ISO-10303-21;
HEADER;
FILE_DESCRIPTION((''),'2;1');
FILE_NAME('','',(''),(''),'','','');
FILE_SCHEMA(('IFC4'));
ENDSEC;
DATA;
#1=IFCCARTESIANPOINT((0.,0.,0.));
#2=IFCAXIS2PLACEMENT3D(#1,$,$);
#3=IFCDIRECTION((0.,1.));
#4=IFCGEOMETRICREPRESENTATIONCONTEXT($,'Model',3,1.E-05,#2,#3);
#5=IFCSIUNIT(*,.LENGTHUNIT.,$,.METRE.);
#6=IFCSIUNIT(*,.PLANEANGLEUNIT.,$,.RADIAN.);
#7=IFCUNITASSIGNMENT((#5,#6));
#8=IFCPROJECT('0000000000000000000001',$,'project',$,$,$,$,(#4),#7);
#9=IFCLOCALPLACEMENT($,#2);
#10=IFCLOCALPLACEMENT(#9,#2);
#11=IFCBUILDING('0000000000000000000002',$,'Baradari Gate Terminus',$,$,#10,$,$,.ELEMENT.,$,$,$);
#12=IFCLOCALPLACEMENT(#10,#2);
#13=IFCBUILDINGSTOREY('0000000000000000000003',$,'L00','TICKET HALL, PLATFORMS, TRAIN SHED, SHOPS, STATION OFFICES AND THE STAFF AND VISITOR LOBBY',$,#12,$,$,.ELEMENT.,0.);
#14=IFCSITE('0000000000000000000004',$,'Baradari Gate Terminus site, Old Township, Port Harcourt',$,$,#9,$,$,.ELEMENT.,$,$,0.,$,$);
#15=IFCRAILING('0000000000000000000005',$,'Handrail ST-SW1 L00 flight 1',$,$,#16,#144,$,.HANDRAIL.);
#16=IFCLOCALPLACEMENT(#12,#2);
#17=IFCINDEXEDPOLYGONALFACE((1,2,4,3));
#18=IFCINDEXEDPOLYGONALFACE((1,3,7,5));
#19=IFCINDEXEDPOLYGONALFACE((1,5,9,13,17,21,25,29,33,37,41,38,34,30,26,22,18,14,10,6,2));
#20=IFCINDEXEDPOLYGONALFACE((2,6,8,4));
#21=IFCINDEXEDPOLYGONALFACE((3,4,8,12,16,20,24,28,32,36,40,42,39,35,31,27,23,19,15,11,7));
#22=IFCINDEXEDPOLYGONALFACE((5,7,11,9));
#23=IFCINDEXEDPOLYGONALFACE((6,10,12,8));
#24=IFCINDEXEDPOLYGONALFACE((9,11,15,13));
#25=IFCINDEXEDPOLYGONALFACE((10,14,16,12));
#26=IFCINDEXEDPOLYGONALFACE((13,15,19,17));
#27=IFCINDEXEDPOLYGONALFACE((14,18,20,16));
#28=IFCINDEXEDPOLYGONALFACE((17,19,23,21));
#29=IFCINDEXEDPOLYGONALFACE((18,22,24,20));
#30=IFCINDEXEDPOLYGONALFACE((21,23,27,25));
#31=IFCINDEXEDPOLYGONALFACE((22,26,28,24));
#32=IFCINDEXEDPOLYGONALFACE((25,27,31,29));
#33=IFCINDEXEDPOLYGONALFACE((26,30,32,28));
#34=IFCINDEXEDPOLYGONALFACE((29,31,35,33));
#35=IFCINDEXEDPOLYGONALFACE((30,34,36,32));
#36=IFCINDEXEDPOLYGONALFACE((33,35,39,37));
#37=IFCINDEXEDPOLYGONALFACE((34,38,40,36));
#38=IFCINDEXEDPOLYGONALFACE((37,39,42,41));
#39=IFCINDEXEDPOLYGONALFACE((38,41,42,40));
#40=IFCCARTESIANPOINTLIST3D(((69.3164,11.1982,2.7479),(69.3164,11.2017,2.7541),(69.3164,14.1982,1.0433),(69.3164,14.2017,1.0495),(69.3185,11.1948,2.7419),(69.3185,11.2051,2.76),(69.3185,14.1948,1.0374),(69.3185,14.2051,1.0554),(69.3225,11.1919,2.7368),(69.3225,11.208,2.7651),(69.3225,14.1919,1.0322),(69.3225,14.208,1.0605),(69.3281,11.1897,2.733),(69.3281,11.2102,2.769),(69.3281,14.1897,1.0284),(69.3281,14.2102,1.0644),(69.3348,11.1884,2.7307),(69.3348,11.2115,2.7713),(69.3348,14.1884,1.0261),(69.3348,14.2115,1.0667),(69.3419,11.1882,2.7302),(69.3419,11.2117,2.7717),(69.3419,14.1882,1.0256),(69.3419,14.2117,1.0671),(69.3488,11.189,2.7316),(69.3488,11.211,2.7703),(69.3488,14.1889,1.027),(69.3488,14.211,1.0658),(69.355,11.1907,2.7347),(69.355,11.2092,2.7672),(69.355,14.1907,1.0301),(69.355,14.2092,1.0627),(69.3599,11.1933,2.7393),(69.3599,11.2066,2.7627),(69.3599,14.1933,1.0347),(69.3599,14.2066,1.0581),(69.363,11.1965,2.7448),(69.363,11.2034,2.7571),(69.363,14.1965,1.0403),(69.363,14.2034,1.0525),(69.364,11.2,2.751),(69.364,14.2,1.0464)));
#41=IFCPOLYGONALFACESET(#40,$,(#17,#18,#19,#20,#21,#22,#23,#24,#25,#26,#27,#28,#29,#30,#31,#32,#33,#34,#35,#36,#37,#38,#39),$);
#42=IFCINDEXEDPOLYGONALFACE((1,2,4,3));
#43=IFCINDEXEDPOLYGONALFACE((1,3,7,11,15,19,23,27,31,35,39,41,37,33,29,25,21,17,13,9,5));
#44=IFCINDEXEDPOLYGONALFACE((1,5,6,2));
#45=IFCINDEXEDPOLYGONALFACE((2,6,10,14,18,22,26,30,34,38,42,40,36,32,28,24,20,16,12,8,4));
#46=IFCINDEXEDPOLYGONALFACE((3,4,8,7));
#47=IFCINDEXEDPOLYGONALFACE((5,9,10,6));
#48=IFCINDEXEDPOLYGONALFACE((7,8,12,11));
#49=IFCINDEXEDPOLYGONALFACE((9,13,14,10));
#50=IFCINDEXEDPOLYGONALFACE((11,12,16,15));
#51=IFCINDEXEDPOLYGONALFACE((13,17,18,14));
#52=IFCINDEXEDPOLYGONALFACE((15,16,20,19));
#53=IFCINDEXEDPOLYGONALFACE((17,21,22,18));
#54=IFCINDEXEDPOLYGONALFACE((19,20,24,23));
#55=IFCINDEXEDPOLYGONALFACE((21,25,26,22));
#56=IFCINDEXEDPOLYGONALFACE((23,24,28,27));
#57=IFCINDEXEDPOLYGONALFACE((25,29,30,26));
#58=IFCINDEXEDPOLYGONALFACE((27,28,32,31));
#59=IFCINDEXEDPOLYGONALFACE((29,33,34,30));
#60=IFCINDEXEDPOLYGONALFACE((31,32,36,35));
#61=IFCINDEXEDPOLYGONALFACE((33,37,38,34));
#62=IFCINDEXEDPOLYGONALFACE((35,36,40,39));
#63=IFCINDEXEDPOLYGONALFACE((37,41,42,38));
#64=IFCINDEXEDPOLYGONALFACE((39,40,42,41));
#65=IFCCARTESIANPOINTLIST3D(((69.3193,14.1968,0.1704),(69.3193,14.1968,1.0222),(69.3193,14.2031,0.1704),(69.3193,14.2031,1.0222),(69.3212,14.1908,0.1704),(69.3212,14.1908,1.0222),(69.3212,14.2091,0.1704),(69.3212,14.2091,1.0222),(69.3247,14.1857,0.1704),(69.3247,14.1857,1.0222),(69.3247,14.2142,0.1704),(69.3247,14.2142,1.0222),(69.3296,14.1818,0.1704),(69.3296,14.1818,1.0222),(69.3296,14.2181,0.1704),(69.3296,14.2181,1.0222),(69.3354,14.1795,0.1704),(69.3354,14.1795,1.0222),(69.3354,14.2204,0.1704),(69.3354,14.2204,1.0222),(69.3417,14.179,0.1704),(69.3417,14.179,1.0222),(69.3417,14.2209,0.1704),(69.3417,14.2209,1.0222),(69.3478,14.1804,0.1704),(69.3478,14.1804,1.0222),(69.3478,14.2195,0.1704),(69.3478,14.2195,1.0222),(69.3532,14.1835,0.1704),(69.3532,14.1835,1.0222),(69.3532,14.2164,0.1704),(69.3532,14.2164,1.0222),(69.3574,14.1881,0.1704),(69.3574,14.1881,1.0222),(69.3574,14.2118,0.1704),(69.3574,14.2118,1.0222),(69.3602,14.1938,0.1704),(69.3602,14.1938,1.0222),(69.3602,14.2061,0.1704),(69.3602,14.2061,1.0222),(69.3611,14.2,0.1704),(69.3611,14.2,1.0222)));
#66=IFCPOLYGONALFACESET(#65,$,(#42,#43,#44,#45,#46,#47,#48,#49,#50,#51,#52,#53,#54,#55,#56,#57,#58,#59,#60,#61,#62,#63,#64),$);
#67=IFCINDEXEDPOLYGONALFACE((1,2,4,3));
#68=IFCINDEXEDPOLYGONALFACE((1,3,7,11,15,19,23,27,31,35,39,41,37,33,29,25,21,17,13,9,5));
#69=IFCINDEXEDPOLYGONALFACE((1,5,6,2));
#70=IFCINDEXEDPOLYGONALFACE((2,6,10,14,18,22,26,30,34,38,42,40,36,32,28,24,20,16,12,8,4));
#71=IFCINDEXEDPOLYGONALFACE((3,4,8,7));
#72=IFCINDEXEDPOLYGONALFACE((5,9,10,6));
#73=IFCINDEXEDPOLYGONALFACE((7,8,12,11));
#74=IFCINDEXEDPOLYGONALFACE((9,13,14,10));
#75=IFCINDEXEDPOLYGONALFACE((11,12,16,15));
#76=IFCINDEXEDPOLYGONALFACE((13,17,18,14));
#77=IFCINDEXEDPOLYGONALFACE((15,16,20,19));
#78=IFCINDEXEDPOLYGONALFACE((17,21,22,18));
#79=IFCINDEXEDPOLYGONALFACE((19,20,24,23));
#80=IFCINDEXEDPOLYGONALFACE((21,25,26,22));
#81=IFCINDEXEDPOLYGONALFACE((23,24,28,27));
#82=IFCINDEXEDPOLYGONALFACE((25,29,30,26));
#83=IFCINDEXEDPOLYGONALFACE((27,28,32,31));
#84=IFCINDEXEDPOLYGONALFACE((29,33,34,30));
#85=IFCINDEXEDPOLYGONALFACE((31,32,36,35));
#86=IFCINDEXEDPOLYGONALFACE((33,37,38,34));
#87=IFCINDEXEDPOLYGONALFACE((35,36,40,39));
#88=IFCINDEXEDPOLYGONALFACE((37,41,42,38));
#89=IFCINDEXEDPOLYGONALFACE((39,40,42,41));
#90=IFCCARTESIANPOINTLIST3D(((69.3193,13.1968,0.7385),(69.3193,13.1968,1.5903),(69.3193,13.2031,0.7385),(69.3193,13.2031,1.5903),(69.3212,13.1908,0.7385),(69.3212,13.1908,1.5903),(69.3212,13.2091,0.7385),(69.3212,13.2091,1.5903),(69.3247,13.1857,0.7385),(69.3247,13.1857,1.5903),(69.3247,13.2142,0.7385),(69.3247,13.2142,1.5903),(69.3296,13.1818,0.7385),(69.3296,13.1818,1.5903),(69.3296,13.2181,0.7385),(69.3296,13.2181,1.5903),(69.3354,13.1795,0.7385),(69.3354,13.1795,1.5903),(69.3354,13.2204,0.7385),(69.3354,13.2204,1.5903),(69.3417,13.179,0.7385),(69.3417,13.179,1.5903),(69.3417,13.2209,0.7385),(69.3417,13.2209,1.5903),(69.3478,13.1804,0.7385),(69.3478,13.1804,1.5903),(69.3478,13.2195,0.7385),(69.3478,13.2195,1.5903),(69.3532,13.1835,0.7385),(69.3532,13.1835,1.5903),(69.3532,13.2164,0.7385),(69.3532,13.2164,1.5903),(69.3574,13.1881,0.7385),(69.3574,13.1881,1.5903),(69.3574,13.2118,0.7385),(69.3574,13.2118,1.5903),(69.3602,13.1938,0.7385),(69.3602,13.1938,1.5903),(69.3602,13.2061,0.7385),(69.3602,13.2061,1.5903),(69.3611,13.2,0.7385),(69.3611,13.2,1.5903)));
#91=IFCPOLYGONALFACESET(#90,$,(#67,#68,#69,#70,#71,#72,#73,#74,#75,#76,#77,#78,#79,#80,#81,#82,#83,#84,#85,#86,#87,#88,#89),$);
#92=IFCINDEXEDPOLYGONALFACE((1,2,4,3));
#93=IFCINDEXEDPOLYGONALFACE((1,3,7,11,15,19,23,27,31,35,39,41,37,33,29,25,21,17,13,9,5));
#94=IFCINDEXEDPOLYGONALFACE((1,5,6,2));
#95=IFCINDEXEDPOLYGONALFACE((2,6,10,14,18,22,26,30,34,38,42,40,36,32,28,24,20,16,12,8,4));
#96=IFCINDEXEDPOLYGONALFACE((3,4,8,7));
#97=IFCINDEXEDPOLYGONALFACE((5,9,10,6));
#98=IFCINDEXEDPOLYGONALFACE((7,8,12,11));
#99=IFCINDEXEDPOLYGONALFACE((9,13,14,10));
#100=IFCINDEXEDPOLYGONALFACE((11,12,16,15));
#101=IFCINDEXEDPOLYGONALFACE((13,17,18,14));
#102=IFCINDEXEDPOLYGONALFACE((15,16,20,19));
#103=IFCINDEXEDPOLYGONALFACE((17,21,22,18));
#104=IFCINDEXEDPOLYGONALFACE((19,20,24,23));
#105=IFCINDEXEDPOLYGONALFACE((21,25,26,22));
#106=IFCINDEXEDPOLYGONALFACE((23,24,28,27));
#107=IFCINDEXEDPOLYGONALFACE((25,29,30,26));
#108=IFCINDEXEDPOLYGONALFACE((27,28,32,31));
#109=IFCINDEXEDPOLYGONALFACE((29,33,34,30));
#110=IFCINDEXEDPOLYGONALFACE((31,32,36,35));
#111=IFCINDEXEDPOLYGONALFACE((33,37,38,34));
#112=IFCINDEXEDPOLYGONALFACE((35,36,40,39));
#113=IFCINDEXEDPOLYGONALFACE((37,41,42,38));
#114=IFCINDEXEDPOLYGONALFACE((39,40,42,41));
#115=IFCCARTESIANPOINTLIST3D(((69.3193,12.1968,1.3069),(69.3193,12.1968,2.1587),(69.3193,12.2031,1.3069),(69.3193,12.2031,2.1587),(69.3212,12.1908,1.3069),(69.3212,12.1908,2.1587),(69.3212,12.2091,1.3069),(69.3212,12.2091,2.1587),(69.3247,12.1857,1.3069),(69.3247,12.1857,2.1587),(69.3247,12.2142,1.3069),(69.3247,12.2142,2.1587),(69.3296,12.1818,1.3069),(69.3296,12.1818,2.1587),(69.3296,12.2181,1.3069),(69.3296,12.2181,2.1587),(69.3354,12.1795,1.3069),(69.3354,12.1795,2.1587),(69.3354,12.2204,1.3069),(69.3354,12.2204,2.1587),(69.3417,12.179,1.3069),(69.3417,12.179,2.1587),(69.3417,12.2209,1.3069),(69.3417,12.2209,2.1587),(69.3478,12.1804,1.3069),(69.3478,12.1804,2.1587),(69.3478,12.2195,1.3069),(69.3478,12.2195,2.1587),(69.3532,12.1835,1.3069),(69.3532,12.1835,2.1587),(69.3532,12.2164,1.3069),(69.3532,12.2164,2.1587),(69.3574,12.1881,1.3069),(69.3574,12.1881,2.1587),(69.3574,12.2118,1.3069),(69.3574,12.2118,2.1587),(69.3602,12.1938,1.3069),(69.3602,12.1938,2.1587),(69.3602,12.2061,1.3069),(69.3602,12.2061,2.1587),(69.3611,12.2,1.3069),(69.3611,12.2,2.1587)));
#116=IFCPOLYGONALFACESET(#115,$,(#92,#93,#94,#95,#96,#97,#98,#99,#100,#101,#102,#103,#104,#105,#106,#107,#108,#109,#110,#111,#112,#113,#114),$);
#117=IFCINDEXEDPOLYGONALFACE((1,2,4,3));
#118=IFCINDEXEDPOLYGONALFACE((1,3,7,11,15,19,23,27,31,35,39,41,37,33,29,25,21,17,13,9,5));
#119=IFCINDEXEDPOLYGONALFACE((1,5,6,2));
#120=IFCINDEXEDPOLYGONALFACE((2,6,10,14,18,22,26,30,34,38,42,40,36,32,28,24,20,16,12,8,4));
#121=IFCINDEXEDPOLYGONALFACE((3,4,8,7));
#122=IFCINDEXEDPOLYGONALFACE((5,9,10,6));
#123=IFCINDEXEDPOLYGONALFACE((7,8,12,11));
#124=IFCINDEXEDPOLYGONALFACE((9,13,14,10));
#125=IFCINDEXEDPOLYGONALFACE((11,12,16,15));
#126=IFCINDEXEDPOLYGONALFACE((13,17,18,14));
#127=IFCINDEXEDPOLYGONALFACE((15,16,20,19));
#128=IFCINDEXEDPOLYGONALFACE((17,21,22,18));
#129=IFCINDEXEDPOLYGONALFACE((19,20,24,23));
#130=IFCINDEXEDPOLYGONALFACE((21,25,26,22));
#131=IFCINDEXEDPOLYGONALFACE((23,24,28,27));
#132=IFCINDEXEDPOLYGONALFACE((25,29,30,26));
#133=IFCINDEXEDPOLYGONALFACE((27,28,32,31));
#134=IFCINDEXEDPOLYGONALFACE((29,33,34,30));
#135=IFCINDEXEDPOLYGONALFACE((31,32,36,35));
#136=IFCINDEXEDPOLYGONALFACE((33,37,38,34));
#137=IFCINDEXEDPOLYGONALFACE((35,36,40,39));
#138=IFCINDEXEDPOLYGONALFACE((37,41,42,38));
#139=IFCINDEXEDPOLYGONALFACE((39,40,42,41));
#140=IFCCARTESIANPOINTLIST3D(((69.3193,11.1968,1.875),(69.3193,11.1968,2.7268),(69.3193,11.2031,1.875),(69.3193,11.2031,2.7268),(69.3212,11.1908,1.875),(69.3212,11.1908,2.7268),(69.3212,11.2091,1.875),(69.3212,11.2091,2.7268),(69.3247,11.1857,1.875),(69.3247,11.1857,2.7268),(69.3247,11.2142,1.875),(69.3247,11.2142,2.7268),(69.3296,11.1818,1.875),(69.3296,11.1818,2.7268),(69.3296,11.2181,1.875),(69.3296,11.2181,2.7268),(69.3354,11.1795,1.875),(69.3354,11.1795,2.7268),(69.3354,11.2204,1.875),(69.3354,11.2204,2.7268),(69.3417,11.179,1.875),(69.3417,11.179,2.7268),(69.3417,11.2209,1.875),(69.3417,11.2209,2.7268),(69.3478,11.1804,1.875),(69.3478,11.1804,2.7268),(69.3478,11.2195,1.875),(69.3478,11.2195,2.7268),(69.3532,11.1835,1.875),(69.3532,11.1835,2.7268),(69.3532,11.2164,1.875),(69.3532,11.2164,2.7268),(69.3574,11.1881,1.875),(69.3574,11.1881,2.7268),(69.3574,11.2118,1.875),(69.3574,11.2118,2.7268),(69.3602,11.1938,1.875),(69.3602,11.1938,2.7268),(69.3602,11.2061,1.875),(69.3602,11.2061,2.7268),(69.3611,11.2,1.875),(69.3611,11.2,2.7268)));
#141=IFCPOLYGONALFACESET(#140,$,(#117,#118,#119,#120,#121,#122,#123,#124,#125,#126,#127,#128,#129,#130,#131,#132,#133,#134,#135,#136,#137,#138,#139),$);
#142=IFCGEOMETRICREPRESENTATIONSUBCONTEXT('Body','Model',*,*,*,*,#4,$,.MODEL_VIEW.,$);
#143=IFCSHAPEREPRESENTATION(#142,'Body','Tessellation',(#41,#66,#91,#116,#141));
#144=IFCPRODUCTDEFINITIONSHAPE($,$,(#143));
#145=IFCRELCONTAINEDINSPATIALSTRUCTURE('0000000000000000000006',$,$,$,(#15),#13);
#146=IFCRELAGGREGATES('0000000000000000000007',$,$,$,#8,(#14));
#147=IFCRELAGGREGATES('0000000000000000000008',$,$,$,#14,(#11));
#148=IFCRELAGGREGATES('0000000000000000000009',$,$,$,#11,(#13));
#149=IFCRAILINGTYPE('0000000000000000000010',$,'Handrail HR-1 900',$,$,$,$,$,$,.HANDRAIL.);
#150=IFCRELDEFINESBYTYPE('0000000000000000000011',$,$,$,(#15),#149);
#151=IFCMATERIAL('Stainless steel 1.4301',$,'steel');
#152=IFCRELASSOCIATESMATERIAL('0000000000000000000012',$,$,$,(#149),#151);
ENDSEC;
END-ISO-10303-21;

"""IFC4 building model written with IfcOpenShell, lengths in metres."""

from ifc_helpers import new_model, si_unit, direction, frame, origin, origin_2d, place, context, subcontext, project, spatial, circle, extrude, material, type_object, element, save


model = new_model("IFC4")

# Units and contexts
model_context = context("Model", 3, precision=1e-05, world=origin(), true_north=direction((0.0, 1.0)))
body_context = subcontext(model_context, "Body", "Model", "MODEL_VIEW")
ifc_project = project(units=[si_unit("LENGTHUNIT", "METRE"), si_unit("PLANEANGLEUNIT", "RADIAN")], contexts=[model_context])

# Site, building, storey
site_placement = place(None, origin())
site = spatial("IfcSite", under=ifc_project, at=site_placement, Name="Baradari Gate Terminus site, Old Township, Port Harcourt", CompositionType="ELEMENT", RefElevation=0.0)
building_placement = place(site_placement, origin())
building = spatial("IfcBuilding", under=site, at=building_placement, Name="Baradari Gate Terminus", CompositionType="ELEMENT")
storey_placement = place(building_placement, origin())
storey = spatial("IfcBuildingStorey", under=building, at=storey_placement, Name="L00", Description="TICKET HALL, PLATFORMS, TRAIN SHED, SHOPS, STATION OFFICES AND THE STAFF AND VISITOR LOBBY", CompositionType="ELEMENT", Elevation=0.0)

# Railing
ifc_material_1 = material(Name="Stainless steel 1.4301", Category="steel")
railing_type_1 = type_object("IfcRailingType", Name="Handrail HR-1 900", PredefinedType="HANDRAIL", material=ifc_material_1)
for number, where, name in (
    (1, (69.3401, 14.2, 0.1704), "Handrail ST-SW1 L00 flight 1"),
):
    element("IfcRailing", number, at=place(storey_placement, frame(where)), inside=storey, type_object=railing_type_1, Name=name, PredefinedType="HANDRAIL", context=body_context, shape_type="SweptSolid", body=[
        extrude(circle(Radius=0.0239, at=origin_2d()), frame((0.0, 0.0, 0.876), z_axis=(0.0, -0.869451, 0.494019), x_axis=(1.0, 0.0, 0.0)), (0.0, 0.0, 1.0), 3.4504),
        extrude(circle(Radius=0.021, at=origin_2d()), origin(), (0.0, 0.0, 1.0), 0.8518),
        extrude(circle(Radius=0.021, at=origin_2d()), frame((0.0, -1.0, 0.5681)), (0.0, 0.0, 1.0), 0.8518),
        extrude(circle(Radius=0.021, at=origin_2d()), frame((0.0, -2.0, 1.1365)), (0.0, 0.0, 1.0), 0.8518),
        extrude(circle(Radius=0.021, at=origin_2d()), frame((0.0, -3.0, 1.7046)), (0.0, 0.0, 1.0), 0.8518),
    ])

save(model, "model.ifc")
